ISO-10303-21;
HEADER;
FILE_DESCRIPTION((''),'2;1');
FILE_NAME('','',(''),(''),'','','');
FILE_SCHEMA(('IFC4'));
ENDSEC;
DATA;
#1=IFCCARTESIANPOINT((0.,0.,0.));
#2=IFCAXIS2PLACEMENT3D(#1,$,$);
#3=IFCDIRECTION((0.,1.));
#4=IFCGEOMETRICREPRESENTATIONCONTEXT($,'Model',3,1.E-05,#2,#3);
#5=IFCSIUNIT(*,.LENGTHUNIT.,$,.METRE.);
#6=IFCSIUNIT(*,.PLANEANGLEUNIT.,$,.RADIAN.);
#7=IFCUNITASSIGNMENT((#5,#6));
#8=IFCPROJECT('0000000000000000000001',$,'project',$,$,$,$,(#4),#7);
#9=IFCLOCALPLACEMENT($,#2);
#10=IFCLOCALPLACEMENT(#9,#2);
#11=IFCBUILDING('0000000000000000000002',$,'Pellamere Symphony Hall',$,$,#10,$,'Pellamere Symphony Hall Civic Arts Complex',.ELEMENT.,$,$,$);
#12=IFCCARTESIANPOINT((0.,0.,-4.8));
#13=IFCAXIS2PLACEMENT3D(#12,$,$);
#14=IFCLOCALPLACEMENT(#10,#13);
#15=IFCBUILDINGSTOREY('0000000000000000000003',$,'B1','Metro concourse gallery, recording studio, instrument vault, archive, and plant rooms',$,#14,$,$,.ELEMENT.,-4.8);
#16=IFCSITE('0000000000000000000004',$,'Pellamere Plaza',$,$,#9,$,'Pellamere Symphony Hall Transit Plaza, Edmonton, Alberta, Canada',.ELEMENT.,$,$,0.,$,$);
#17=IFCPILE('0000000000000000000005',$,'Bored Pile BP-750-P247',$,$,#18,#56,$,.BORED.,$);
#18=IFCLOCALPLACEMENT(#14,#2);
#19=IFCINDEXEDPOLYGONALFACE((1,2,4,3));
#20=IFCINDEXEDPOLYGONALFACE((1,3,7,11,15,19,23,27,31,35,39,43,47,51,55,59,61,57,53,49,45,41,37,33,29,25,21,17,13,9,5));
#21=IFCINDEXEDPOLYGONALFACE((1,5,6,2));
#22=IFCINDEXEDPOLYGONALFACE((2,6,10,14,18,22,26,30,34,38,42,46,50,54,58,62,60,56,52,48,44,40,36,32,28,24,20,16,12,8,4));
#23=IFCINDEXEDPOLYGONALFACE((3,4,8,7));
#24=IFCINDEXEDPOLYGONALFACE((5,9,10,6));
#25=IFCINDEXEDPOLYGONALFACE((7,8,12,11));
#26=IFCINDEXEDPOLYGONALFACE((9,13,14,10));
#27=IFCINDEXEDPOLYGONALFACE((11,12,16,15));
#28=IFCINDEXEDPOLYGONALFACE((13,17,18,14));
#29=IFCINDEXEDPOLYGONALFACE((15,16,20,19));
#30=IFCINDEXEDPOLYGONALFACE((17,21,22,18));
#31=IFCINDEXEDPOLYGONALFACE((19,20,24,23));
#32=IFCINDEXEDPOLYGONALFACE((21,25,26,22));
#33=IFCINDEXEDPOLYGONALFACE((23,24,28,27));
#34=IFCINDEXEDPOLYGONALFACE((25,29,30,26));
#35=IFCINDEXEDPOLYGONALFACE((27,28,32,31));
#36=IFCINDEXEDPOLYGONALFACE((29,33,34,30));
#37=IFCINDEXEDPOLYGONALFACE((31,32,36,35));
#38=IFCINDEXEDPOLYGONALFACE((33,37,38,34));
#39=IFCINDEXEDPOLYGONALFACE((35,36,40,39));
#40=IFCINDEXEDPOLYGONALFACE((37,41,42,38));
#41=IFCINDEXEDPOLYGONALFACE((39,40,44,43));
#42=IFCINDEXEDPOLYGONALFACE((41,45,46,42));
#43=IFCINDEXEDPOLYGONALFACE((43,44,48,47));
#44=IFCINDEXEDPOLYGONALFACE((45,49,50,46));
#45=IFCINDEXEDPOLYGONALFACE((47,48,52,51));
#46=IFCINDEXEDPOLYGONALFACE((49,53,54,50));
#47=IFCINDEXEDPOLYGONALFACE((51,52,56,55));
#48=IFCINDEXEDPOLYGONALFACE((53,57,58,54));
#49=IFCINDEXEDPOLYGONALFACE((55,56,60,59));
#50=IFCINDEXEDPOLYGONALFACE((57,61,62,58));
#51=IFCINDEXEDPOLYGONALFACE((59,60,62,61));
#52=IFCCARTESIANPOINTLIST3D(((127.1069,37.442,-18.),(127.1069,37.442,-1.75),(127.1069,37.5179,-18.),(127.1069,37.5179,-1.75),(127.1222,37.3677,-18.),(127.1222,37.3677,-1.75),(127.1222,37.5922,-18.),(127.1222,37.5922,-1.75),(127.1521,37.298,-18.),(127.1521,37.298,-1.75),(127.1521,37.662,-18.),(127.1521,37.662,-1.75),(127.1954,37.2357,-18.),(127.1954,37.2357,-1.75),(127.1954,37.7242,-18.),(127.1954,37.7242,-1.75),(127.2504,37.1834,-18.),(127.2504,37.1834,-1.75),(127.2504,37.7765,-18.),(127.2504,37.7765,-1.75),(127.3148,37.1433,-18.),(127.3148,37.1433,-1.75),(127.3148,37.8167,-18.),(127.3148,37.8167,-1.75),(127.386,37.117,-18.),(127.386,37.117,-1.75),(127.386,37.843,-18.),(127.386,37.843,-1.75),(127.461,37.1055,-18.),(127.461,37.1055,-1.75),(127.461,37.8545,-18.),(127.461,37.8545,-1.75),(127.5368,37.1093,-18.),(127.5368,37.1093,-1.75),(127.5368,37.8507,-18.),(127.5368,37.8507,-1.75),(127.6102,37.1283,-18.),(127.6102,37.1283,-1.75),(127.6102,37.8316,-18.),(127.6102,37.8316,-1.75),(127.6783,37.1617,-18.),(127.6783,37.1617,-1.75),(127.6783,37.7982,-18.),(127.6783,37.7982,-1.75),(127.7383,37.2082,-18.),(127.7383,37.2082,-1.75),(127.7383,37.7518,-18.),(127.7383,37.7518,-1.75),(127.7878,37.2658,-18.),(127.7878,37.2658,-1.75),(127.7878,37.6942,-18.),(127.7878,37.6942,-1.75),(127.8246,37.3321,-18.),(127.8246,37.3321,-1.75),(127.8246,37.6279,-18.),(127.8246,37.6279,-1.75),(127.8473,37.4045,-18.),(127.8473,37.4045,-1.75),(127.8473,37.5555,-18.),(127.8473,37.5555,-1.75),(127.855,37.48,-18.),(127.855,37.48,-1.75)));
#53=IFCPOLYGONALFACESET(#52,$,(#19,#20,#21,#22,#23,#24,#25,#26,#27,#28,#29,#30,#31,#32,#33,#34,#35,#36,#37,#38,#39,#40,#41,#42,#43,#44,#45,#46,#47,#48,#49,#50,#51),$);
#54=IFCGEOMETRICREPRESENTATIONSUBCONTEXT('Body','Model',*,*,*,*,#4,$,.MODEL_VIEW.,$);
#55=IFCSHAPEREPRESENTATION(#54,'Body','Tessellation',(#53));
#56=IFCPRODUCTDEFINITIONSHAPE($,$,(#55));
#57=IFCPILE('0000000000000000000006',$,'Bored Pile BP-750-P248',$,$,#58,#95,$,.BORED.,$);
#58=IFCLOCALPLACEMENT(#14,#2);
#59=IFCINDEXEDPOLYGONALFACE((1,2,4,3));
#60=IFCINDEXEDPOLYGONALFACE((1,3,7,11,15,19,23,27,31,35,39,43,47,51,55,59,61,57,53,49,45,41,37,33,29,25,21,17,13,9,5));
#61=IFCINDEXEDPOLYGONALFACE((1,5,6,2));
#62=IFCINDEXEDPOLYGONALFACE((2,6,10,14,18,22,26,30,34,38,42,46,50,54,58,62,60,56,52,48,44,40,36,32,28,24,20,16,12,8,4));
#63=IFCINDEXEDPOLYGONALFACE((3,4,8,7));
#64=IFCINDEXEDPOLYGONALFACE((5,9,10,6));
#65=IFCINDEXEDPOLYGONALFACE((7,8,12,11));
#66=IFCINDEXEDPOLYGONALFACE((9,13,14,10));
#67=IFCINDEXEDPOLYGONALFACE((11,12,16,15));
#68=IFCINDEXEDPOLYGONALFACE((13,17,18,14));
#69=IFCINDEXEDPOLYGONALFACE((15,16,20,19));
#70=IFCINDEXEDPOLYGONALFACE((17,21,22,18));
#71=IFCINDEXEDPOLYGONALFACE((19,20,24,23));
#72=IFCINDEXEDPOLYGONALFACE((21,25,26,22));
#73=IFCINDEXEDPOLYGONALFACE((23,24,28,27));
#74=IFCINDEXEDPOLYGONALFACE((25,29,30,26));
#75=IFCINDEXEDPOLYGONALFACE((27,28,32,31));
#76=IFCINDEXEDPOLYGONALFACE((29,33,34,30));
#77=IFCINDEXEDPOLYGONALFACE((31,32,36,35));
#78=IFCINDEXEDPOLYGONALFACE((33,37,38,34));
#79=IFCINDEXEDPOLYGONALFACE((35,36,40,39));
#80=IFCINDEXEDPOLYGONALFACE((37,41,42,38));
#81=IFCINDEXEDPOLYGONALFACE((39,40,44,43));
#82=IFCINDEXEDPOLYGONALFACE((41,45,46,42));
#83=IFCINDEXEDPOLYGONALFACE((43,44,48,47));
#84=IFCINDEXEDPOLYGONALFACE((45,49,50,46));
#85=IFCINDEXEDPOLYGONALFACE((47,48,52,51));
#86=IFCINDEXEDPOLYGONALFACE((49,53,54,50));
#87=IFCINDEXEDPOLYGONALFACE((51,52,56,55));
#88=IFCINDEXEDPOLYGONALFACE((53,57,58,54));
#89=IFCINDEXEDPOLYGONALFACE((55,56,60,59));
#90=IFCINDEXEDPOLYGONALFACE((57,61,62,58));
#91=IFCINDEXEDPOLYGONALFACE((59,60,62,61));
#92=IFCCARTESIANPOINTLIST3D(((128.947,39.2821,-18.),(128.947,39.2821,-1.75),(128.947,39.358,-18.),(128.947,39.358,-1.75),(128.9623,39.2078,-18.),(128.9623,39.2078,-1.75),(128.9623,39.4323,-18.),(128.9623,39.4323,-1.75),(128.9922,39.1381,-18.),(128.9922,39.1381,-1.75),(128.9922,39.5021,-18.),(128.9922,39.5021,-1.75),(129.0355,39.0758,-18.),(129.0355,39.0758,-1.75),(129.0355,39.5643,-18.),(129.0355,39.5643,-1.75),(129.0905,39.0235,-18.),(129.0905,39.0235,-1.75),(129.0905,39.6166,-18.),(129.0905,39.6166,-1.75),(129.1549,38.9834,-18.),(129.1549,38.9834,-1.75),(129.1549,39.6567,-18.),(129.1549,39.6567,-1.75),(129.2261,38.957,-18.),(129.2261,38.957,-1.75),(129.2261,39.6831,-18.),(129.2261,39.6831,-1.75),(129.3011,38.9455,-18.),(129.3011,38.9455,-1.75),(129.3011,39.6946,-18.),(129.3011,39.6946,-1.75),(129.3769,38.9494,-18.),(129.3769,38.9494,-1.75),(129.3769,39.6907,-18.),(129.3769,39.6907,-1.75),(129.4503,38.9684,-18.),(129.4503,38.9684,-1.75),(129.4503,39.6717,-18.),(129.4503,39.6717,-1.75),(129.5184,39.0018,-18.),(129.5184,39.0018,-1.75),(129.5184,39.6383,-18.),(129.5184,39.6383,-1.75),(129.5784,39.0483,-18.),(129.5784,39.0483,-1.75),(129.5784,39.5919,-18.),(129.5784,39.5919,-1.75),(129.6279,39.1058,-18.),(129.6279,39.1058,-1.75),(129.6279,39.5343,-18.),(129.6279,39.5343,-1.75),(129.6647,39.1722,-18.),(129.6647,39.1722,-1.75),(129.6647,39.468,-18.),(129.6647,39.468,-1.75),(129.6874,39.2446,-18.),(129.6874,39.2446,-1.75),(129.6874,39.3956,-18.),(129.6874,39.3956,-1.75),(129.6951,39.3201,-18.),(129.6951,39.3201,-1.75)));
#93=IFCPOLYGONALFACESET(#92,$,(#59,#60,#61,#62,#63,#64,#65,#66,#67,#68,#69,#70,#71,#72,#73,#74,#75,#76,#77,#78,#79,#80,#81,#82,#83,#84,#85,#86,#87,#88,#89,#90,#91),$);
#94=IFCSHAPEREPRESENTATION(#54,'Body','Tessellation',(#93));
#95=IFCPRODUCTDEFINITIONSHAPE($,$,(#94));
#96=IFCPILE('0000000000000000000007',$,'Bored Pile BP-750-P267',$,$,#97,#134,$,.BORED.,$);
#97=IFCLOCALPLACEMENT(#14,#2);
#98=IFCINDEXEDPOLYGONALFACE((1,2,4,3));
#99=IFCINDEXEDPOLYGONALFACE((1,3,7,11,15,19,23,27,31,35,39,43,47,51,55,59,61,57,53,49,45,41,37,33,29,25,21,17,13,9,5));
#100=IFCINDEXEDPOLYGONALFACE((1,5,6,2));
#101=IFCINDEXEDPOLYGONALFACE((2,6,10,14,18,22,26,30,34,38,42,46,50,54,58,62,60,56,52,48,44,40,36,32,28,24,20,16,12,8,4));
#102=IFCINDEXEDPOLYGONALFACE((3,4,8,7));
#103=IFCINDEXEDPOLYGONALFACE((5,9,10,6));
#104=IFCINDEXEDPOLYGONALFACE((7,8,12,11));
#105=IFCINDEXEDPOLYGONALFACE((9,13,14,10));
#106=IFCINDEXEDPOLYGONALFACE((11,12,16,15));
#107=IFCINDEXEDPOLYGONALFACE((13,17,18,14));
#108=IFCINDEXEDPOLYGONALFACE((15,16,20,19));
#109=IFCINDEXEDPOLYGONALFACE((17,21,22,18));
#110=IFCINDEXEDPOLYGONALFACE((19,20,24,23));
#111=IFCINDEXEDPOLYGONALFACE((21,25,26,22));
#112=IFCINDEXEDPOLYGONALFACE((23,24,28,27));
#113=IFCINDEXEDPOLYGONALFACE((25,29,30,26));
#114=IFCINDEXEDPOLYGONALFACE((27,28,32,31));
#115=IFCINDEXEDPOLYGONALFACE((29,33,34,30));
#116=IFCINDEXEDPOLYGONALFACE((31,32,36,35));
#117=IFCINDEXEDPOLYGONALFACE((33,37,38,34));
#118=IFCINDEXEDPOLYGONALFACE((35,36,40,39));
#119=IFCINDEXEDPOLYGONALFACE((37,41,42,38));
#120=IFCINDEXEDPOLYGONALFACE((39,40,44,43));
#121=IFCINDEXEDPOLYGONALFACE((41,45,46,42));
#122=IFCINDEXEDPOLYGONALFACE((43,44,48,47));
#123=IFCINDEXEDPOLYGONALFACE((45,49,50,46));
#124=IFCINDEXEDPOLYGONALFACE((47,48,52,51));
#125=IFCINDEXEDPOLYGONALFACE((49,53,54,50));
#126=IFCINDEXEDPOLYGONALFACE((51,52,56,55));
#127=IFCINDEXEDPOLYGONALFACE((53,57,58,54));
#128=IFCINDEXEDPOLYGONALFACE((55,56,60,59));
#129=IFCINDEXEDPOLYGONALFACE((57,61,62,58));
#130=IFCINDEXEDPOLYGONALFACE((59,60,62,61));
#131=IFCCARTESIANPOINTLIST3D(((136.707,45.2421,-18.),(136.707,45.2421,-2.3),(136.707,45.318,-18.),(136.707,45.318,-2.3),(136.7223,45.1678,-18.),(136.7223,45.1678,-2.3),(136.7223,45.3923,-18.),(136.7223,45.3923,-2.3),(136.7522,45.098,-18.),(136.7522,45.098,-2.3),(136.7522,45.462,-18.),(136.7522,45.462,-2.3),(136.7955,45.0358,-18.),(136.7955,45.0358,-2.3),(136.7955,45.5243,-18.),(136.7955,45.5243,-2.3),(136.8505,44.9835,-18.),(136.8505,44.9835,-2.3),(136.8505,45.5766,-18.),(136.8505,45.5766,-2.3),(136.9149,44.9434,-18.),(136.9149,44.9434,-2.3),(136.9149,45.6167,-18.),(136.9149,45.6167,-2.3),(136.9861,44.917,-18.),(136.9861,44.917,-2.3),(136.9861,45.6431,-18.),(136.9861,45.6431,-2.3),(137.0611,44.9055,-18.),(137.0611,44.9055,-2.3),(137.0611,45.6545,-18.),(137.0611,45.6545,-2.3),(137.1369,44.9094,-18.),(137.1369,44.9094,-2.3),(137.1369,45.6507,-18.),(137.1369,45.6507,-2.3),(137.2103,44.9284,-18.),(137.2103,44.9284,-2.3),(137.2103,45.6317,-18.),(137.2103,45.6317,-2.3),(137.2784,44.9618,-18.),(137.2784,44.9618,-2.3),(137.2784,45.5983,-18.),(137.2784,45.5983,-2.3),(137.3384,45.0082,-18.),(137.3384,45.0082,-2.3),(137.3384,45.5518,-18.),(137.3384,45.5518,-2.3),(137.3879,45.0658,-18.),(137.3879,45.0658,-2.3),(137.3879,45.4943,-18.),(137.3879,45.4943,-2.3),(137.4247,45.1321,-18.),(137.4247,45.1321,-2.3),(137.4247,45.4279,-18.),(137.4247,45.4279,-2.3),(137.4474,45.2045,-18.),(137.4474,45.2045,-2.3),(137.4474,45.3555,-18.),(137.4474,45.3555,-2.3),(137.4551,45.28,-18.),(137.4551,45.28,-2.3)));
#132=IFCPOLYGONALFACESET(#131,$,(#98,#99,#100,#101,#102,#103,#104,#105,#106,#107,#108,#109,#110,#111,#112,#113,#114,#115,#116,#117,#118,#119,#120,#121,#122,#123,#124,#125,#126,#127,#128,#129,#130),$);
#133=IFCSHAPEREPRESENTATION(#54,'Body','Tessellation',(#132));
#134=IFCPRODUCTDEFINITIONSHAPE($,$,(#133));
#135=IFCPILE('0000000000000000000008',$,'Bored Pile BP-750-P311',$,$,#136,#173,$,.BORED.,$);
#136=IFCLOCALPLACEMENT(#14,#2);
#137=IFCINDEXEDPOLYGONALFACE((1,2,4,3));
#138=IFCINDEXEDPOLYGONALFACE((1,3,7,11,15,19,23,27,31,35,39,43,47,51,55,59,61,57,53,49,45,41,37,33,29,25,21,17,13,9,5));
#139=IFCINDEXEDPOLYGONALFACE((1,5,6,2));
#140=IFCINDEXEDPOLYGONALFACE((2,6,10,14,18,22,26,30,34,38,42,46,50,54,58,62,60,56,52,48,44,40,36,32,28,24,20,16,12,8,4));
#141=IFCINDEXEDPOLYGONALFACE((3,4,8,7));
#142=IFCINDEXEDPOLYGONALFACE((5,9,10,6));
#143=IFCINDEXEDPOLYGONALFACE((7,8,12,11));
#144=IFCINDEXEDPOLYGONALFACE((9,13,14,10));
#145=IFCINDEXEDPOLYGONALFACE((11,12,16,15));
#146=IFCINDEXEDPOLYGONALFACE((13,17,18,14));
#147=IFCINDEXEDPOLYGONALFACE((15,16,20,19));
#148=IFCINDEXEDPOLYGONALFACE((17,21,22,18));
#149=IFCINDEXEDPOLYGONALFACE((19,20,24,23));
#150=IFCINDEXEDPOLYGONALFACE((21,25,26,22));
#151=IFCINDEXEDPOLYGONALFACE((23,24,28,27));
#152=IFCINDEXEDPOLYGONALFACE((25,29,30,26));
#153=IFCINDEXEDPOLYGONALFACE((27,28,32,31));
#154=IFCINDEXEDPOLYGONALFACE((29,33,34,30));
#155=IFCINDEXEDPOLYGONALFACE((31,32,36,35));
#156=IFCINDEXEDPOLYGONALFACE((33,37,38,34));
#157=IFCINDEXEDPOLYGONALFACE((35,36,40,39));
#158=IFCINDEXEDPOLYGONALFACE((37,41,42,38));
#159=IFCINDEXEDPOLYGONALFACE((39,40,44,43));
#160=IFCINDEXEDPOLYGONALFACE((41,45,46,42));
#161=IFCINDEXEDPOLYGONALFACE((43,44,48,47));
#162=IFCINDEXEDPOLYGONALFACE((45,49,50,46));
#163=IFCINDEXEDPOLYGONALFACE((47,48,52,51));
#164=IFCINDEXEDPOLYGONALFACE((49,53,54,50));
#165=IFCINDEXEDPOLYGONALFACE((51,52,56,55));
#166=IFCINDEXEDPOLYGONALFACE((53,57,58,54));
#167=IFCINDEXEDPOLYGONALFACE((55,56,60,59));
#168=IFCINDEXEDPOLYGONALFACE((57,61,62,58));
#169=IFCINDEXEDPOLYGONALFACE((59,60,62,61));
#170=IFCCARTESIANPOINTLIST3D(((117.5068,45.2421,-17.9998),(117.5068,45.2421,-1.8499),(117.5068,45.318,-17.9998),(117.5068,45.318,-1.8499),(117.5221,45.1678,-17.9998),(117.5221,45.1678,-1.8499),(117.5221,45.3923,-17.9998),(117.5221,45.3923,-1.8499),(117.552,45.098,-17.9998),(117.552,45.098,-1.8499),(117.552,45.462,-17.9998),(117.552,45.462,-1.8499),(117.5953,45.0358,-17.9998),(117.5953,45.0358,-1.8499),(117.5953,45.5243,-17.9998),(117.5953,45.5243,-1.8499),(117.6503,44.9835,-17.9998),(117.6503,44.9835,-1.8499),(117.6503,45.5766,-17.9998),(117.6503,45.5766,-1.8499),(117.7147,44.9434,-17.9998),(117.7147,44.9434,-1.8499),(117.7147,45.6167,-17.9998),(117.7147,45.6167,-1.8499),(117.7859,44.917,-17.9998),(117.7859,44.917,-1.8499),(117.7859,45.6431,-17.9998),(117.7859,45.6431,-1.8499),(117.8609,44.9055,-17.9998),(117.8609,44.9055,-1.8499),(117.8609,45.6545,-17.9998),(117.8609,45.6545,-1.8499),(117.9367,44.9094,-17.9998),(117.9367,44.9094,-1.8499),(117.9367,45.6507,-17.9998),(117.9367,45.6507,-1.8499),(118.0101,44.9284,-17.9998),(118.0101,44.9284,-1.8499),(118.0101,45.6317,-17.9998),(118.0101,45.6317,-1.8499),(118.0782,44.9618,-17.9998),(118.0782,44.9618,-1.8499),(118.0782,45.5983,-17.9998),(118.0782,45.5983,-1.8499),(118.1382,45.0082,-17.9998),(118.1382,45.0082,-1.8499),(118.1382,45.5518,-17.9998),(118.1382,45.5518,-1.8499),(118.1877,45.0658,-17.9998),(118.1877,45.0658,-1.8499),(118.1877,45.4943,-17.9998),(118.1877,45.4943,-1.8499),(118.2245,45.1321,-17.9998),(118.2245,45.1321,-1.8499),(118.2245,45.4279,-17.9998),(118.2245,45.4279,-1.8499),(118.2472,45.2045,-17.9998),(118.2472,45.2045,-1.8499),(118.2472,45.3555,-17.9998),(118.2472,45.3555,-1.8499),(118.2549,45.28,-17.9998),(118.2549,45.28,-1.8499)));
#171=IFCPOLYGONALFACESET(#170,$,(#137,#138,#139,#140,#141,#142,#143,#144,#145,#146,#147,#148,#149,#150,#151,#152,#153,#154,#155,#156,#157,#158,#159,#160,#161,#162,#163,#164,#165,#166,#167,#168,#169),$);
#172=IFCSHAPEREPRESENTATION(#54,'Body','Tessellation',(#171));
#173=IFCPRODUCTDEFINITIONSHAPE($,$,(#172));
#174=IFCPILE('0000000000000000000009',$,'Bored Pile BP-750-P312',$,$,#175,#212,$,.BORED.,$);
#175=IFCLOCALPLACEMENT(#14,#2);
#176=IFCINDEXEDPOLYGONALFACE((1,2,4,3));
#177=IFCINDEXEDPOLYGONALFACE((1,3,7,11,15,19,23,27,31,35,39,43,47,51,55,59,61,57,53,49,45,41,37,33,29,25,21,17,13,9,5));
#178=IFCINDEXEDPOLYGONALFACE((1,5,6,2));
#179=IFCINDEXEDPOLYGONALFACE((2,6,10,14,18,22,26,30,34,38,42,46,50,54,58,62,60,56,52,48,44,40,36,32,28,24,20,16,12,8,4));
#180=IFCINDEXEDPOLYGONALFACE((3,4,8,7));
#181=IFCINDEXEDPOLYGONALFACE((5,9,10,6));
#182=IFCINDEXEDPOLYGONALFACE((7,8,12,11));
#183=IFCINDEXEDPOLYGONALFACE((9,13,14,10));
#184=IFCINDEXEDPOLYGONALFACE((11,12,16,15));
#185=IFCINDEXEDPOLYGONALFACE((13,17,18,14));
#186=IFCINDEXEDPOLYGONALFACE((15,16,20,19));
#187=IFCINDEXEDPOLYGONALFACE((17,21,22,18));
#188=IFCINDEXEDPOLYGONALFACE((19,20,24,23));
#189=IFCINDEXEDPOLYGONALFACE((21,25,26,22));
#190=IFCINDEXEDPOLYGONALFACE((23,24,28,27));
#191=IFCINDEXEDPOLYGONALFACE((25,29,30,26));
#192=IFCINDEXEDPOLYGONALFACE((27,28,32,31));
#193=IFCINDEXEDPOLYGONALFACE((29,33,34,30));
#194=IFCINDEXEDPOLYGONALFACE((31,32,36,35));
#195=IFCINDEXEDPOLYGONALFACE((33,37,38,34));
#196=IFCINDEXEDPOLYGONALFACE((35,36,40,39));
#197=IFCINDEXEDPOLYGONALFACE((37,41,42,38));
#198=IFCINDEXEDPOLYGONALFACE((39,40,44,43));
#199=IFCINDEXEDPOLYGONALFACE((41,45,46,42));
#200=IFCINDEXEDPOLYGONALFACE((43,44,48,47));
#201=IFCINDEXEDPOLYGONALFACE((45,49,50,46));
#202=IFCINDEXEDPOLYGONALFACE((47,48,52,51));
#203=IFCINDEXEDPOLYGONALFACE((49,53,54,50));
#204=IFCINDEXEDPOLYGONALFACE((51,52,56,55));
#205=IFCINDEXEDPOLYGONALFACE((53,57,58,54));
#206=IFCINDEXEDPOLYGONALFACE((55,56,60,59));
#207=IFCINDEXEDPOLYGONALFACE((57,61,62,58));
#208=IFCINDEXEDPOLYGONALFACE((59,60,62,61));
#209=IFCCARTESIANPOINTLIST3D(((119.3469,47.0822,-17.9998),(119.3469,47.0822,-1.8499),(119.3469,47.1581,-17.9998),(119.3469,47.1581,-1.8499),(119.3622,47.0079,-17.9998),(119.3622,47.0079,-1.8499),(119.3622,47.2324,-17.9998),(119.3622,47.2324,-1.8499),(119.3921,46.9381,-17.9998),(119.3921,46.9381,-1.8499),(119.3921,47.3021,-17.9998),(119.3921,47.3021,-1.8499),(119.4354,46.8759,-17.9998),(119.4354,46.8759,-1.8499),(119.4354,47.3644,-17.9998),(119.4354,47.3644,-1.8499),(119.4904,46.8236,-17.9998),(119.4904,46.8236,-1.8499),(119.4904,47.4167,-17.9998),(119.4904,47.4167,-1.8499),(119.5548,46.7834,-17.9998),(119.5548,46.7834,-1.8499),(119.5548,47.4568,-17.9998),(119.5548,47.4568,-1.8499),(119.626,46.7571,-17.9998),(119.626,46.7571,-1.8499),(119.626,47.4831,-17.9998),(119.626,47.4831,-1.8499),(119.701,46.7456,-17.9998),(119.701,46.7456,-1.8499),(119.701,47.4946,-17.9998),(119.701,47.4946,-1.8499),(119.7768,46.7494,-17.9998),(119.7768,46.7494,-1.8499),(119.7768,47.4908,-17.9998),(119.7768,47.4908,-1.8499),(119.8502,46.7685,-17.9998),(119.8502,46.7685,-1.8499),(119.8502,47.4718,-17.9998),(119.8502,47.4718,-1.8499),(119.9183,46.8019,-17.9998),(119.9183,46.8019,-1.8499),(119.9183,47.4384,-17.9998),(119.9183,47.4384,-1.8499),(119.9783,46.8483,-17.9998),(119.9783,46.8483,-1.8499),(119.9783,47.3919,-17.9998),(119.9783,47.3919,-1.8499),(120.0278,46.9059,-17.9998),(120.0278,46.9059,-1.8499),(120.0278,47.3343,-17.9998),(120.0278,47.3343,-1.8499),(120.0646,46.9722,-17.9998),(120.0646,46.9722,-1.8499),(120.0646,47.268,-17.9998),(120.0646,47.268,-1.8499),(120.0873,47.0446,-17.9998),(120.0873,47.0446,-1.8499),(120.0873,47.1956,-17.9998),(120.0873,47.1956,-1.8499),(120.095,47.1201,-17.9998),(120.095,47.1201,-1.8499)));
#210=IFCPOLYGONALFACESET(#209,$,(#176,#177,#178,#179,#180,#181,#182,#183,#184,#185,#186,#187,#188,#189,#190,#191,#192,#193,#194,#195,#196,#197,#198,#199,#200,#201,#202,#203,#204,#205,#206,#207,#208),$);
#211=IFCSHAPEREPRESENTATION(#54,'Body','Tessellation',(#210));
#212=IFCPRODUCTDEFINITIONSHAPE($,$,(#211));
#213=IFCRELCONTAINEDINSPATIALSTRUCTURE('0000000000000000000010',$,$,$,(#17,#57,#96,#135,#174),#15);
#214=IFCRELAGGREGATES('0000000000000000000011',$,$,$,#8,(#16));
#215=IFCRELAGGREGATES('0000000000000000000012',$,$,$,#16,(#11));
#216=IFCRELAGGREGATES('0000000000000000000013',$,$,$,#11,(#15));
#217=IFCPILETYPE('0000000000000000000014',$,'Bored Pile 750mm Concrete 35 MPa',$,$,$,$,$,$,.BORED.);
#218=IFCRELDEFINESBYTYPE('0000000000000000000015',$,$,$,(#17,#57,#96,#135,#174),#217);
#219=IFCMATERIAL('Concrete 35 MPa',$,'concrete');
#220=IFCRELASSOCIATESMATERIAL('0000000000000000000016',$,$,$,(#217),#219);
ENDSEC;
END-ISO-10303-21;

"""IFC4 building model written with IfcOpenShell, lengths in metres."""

from ifc_helpers import new_model, si_unit, direction, frame, origin, origin_2d, place, context, subcontext, project, spatial, circle, extrude, material, material_profile, profile_set, type_object, element, save


model = new_model("IFC4")

# Units and contexts
model_context = context("Model", 3, precision=1e-05, world=origin(), true_north=direction((0.0, 1.0)))
body_context = subcontext(model_context, "Body", "Model", "MODEL_VIEW")
ifc_project = project(units=[si_unit("LENGTHUNIT", "METRE"), si_unit("PLANEANGLEUNIT", "RADIAN")], contexts=[model_context])

# Site, building, storey
site_placement = place(None, origin())
site = spatial("IfcSite", under=ifc_project, at=site_placement, Name="Pellamere Plaza", LongName="Pellamere Symphony Hall Transit Plaza, Edmonton, Alberta, Canada", CompositionType="ELEMENT", RefElevation=0.0)
building_placement = place(site_placement, origin())
building = spatial("IfcBuilding", under=site, at=building_placement, Name="Pellamere Symphony Hall", LongName="Pellamere Symphony Hall Civic Arts Complex", CompositionType="ELEMENT")
storey_placement = place(building_placement, frame((0.0, 0.0, -4.8)))
storey = spatial("IfcBuildingStorey", under=building, at=storey_placement, Name="B1", Description="Metro concourse gallery, recording studio, instrument vault, archive, and plant rooms", CompositionType="ELEMENT", Elevation=-4.8)

# Piles
ifc_material_1 = material(Name="Concrete 35 MPa", Category="concrete")
ifc_material_profile_1 = material_profile(ifc_material_1, circle(Radius=0.375, at=origin_2d()), Name="PILE D750")
ifc_profile_set_1 = profile_set([ifc_material_profile_1], Name="Concrete 35 MPa")
pile_type_1 = type_object("IfcPileType", Name="Bored Pile 750mm Concrete 35 MPa", PredefinedType="BORED", material=ifc_profile_set_1)
for number, where, z_axis, x_axis, name in (
    (1, (127.48, 37.48, -1.75), (0.0, 0.0, -1.0), (1.0, 0.0, 0.0), "Bored Pile BP-750-P247"),
    (2, (129.3201, 39.3201, -1.75), (0.0, 0.0, -1.0), (1.0, 0.0, 0.0), "Bored Pile BP-750-P248"),
):
    element("IfcPile", number, at=place(storey_placement, frame(where, z_axis=z_axis, x_axis=x_axis)), inside=storey, type_object=pile_type_1, Name=name, PredefinedType="BORED", context=body_context, shape_type="SweptSolid", body=[
        extrude(circle(Radius=0.375, at=origin_2d()), origin(), (0.0, 0.0, 1.0), 16.25),
    ])
pile_1_placement = place(storey_placement, frame((137.0801, 45.28, -2.3), z_axis=(0.0, 0.0, -1.0), x_axis=(1.0, 0.0, 0.0)))
element("IfcPile", 3, at=pile_1_placement, inside=storey, type_object=pile_type_1, Name="Bored Pile BP-750-P267", PredefinedType="BORED", context=body_context, shape_type="SweptSolid", body=[
    extrude(circle(Radius=0.375, at=origin_2d()), origin(), (0.0, 0.0, 1.0), 15.7),
])
for number, where, z_axis, x_axis, name in (
    (4, (117.8799, 45.28, -1.8499), (0.0, 0.0, -1.0), (1.0, 0.0, 0.0), "Bored Pile BP-750-P311"),
    (5, (119.72, 47.1201, -1.8499), (0.0, 0.0, -1.0), (1.0, 0.0, 0.0), "Bored Pile BP-750-P312"),
):
    element("IfcPile", number, at=place(storey_placement, frame(where, z_axis=z_axis, x_axis=x_axis)), inside=storey, type_object=pile_type_1, Name=name, PredefinedType="BORED", context=body_context, shape_type="SweptSolid", body=[
        extrude(circle(Radius=0.375, at=origin_2d()), origin(), (0.0, 0.0, 1.0), 16.1499),
    ])

save(model, "model.ifc")
